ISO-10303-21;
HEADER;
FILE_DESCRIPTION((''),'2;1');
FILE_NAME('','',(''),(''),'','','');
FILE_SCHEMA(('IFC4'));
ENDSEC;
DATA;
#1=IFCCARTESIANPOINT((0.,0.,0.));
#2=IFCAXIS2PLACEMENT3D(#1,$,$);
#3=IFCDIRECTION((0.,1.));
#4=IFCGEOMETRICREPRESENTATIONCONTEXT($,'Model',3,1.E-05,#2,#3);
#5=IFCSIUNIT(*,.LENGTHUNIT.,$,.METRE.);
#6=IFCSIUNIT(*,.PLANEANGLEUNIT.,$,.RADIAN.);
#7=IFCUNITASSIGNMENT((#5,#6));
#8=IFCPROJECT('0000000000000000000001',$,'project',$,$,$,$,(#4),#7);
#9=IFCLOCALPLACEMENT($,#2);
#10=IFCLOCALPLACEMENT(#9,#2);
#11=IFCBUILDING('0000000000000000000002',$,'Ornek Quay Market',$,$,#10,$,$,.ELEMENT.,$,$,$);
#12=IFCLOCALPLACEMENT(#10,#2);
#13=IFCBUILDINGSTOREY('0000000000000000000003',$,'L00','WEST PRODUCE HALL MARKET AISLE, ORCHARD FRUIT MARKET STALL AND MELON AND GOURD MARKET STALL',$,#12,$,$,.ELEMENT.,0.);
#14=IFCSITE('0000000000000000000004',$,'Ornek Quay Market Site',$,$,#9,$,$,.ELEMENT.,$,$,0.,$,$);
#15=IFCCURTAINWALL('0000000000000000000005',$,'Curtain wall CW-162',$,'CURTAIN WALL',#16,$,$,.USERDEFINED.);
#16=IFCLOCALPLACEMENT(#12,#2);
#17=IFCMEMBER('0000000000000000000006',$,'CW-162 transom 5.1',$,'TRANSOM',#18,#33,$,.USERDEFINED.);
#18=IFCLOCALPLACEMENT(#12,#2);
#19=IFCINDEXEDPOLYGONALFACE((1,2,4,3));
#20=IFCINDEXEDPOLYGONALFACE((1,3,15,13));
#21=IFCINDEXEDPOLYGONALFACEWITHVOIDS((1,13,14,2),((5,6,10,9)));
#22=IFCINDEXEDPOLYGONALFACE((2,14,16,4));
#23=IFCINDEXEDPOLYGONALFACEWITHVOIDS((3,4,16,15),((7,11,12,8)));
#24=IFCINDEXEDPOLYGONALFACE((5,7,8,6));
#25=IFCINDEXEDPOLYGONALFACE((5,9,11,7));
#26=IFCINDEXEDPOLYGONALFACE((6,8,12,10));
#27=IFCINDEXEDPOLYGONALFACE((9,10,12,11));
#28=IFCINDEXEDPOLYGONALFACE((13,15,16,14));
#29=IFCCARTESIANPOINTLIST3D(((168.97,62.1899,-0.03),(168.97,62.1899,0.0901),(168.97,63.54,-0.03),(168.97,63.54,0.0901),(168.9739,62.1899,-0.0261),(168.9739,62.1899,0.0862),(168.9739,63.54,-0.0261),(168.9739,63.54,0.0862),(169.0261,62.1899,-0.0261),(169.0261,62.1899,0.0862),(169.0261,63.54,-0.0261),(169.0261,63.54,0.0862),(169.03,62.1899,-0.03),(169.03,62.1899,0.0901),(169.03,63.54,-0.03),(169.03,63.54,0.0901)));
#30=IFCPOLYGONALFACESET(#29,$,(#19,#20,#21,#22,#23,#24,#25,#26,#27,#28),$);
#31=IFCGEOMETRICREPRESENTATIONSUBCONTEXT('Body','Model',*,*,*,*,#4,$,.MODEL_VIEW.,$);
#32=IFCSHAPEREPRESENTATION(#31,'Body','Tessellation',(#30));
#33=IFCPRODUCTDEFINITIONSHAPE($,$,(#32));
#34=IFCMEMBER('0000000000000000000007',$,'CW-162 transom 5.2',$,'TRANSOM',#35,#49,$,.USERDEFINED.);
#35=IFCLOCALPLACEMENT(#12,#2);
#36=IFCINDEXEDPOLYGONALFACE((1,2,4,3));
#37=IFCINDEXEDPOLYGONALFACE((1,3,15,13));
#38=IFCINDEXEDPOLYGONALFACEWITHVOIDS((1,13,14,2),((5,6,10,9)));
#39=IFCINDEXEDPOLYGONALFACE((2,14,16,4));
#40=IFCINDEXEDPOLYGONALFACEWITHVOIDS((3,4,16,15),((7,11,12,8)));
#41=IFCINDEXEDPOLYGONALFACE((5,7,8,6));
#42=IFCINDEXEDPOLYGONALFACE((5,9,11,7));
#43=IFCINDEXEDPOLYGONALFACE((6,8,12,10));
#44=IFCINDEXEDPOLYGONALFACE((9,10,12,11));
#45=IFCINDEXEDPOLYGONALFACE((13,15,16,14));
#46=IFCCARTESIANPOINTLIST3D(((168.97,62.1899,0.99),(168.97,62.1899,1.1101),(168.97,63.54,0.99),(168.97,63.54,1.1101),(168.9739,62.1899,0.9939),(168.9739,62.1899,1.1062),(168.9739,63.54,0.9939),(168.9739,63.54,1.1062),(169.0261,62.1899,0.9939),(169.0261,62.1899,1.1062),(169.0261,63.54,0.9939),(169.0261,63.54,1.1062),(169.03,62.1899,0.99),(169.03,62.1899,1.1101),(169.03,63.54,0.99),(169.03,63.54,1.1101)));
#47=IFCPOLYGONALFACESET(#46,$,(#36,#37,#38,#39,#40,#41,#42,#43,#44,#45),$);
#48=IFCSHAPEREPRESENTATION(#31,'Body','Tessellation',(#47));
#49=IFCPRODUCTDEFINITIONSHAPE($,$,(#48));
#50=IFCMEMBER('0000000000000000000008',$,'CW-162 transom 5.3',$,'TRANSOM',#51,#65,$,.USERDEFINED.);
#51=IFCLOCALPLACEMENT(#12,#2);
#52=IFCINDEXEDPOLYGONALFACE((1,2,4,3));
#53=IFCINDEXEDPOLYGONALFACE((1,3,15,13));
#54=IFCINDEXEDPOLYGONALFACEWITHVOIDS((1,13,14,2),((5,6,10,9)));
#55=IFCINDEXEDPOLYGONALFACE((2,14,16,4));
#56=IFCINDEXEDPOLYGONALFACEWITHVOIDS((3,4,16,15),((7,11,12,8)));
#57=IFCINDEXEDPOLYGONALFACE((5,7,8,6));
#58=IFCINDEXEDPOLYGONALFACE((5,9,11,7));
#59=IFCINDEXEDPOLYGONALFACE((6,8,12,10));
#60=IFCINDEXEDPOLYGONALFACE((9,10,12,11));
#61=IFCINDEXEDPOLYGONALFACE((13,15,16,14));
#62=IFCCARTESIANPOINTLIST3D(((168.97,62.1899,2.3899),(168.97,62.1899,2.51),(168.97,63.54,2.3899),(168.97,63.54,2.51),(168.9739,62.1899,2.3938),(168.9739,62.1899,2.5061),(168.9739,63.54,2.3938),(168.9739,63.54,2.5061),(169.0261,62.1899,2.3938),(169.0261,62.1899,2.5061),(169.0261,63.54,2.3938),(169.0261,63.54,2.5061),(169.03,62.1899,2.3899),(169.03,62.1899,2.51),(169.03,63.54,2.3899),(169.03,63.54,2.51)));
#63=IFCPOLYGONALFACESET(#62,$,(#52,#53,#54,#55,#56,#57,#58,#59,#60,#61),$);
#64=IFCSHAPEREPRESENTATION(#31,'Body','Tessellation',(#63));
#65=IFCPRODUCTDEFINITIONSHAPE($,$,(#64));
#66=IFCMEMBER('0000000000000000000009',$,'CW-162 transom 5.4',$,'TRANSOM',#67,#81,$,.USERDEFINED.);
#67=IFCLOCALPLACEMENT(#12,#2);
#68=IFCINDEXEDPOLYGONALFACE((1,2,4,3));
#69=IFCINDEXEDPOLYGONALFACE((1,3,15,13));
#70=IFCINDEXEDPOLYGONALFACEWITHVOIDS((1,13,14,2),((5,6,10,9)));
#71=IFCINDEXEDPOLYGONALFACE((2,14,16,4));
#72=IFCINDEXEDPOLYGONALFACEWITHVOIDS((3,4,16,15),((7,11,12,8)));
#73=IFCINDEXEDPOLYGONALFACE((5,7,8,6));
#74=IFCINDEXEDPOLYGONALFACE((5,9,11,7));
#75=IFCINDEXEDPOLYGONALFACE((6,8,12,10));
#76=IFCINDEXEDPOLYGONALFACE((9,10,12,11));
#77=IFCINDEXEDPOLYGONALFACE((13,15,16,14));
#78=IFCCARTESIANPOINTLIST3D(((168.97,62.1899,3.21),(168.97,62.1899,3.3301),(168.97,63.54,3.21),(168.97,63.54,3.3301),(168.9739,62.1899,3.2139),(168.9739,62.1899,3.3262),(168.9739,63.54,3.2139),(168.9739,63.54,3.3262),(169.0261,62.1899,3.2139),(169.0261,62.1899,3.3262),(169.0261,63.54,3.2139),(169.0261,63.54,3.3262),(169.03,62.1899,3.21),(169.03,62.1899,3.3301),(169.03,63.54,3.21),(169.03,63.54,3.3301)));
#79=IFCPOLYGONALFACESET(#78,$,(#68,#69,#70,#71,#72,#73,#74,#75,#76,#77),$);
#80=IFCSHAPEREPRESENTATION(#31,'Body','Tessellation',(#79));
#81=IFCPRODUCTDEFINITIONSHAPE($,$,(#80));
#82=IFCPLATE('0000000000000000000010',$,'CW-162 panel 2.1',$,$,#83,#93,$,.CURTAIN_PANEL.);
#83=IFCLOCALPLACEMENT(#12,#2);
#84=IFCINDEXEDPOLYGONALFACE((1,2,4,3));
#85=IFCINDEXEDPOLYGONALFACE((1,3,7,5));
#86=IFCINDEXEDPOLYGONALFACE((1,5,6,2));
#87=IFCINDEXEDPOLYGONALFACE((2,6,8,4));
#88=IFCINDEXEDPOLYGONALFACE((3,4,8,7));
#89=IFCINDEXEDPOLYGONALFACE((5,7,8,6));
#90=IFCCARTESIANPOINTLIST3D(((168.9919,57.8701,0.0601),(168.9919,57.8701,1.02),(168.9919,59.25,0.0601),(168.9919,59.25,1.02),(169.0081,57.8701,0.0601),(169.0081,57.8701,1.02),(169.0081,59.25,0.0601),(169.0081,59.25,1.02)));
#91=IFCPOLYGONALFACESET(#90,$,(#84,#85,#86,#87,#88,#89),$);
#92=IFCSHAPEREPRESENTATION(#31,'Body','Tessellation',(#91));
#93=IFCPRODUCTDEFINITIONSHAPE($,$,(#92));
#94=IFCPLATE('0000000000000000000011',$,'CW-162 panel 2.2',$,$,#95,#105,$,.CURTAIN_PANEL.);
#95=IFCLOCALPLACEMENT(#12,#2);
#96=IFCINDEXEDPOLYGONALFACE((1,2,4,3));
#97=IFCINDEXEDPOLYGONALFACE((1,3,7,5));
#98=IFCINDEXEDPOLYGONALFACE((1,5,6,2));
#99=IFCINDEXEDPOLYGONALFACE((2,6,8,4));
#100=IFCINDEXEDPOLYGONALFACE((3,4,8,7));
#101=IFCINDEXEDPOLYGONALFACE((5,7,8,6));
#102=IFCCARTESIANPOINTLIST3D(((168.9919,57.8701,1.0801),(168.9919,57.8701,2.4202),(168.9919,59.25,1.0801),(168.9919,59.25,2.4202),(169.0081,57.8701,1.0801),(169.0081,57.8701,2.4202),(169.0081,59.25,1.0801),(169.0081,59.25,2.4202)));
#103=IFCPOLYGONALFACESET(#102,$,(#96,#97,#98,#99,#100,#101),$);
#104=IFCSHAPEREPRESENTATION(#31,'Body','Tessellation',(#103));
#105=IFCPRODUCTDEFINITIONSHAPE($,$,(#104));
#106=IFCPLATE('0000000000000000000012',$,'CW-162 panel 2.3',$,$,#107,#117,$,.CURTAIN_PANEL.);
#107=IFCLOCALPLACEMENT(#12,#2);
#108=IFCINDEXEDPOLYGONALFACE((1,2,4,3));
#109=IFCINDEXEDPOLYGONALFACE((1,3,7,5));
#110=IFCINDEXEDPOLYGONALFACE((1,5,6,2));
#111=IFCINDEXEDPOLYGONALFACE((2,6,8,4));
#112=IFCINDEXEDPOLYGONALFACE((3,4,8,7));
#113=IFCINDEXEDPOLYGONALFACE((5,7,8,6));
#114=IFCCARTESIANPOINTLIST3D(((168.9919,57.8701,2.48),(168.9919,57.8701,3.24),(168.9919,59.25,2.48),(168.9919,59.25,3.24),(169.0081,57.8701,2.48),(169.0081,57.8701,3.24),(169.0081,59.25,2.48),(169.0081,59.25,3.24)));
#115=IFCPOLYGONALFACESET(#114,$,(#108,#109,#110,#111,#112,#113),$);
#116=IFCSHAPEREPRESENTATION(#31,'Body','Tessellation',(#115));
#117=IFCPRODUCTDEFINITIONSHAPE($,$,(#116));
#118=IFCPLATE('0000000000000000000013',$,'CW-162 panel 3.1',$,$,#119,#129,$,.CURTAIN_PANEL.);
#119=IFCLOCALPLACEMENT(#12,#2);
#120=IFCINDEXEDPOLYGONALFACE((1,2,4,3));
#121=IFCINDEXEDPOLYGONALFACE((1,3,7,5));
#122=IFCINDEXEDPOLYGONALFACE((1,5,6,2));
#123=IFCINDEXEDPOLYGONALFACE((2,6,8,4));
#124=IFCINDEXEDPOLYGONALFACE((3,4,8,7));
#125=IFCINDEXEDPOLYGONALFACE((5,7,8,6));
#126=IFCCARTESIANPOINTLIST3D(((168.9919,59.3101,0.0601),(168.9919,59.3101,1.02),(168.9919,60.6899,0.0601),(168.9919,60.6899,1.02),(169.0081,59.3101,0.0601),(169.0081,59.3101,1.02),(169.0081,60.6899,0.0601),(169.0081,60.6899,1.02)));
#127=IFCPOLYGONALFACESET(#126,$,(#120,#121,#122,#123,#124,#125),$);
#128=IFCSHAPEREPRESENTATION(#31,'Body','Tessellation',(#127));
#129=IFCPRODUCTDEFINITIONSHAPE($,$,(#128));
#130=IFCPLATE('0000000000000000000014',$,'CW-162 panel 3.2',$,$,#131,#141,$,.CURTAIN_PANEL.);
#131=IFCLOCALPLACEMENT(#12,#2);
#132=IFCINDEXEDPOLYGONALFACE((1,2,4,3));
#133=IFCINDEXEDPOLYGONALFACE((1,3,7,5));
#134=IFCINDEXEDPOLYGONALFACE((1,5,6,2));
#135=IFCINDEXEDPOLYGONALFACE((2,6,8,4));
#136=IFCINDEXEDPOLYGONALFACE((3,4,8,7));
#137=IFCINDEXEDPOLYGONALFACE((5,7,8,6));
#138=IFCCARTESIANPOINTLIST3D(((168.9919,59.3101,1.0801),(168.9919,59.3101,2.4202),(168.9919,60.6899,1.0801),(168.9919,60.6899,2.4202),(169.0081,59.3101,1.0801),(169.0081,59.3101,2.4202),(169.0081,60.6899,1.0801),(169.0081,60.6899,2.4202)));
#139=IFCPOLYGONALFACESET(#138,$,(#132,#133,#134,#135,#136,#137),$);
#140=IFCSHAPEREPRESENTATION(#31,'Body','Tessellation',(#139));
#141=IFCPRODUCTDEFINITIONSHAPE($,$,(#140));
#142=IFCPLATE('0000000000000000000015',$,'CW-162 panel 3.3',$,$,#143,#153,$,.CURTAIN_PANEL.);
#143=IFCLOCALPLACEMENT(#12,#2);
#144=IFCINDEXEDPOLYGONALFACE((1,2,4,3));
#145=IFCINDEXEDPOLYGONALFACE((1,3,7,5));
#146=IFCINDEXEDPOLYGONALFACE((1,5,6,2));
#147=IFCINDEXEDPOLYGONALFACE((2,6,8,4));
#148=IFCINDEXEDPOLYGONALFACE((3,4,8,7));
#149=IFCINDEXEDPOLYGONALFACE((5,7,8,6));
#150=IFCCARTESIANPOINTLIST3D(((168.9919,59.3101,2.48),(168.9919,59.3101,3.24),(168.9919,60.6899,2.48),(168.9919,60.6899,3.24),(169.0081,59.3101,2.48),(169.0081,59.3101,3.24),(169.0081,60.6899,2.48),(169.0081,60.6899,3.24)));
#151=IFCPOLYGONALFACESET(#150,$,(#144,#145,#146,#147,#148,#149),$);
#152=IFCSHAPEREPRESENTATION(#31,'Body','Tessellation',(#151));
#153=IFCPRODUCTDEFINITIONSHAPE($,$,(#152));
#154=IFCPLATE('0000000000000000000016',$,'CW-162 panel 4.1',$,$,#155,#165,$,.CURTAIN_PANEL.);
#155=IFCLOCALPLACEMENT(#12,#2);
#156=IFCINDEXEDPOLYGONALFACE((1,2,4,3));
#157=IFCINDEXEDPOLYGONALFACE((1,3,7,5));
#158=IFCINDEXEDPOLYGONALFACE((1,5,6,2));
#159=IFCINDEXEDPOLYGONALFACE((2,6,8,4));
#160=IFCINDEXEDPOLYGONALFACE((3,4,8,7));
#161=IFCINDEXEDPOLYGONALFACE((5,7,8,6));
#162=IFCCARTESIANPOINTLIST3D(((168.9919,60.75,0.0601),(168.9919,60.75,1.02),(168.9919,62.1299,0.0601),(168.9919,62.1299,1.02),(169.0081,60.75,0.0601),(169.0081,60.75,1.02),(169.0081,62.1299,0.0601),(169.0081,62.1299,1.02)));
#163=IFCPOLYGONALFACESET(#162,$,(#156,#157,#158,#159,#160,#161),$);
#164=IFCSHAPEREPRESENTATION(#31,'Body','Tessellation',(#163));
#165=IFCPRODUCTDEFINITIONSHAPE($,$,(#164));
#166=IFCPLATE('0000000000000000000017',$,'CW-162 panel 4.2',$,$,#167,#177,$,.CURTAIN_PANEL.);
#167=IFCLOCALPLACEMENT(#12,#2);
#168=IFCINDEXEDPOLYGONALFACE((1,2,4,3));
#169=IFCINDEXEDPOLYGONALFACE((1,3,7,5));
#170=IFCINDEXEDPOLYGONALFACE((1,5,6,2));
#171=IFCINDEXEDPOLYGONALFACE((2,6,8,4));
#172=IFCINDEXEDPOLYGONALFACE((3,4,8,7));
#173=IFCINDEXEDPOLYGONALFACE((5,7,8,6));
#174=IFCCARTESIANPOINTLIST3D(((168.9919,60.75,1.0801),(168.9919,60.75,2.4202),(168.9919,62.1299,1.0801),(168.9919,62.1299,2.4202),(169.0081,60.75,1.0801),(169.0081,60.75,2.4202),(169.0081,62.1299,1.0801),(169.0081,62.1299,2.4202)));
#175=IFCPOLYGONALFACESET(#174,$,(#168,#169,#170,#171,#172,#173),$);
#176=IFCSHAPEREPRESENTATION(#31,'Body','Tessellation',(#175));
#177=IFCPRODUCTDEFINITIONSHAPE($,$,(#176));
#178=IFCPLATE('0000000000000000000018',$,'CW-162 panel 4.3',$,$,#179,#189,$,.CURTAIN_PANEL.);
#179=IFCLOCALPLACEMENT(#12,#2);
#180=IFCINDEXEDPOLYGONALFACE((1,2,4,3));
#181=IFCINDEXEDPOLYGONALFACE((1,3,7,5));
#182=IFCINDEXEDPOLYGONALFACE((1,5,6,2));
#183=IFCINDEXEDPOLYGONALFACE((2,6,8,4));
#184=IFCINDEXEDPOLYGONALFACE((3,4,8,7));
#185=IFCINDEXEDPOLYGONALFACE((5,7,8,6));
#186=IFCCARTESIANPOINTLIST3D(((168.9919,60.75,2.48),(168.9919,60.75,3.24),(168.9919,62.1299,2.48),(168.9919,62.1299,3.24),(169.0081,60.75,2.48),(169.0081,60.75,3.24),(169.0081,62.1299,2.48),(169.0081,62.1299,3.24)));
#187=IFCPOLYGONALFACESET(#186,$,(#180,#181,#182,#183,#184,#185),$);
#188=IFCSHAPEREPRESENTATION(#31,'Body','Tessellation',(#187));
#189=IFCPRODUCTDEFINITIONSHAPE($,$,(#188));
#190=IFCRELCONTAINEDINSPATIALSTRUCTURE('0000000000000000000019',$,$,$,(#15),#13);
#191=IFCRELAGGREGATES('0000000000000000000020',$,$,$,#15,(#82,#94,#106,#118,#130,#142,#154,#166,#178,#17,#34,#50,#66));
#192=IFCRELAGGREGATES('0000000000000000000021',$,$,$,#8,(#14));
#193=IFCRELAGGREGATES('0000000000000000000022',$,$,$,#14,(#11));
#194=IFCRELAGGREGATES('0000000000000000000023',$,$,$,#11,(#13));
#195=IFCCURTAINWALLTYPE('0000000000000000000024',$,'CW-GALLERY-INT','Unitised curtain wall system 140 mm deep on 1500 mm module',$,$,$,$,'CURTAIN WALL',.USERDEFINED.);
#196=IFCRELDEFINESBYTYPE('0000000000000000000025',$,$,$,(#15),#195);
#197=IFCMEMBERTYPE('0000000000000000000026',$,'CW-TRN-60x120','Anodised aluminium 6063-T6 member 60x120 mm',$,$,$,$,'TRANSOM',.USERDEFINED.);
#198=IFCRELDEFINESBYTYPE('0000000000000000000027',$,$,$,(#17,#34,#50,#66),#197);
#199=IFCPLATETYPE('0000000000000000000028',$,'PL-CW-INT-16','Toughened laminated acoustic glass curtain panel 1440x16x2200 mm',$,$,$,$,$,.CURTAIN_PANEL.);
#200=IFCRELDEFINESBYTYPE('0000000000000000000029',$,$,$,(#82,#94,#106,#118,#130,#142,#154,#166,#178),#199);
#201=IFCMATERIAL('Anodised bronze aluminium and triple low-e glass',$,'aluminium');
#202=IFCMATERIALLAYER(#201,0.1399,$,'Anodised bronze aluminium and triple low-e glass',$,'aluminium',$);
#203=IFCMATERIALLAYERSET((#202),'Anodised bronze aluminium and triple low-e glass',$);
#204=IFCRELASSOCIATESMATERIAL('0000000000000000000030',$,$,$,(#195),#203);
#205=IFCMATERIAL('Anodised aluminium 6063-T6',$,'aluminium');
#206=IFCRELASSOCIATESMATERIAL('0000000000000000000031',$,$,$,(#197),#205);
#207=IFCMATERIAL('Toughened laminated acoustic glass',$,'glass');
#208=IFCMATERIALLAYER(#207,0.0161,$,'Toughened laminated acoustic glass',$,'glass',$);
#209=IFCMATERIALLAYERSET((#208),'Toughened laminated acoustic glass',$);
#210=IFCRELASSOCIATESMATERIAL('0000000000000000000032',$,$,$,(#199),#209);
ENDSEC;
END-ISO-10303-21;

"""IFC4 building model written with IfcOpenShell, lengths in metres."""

from ifc_helpers import new_model, si_unit, direction, frame, origin, origin_2d, place, context, subcontext, project, spatial, rectangle, hollow_rectangle, extrude, material, layer, layer_set, material_profile, profile_set, type_object, element, aggregate, save


model = new_model("IFC4")

# Units and contexts
model_context = context("Model", 3, precision=1e-05, world=origin(), true_north=direction((0.0, 1.0)))
body_context = subcontext(model_context, "Body", "Model", "MODEL_VIEW")
ifc_project = project(units=[si_unit("LENGTHUNIT", "METRE"), si_unit("PLANEANGLEUNIT", "RADIAN")], contexts=[model_context])

# Site, building, storey
site_placement = place(None, origin())
site = spatial("IfcSite", under=ifc_project, at=site_placement, Name="Ornek Quay Market Site", CompositionType="ELEMENT", RefElevation=0.0)
building_placement = place(site_placement, origin())
building = spatial("IfcBuilding", under=site, at=building_placement, Name="Ornek Quay Market", CompositionType="ELEMENT")
storey_placement = place(building_placement, origin())
storey = spatial("IfcBuildingStorey", under=building, at=storey_placement, Name="L00", Description="WEST PRODUCE HALL MARKET AISLE, ORCHARD FRUIT MARKET STALL AND MELON AND GOURD MARKET STALL", CompositionType="ELEMENT", Elevation=0.0)

# Curtain wall, members, plates
ifc_material_1 = material(Name="Anodised bronze aluminium and triple low-e glass", Category="aluminium")
ifc_layer_1 = layer(ifc_material_1, 0.1399, Name="Anodised bronze aluminium and triple low-e glass", Category="aluminium")
ifc_layer_set_1 = layer_set([ifc_layer_1], Name="Anodised bronze aluminium and triple low-e glass")
curtain_wall_type = type_object("IfcCurtainWallType", Name="CW-GALLERY-INT", Description="Unitised curtain wall system 140 mm deep on 1500 mm module", ElementType="CURTAIN WALL", PredefinedType="USERDEFINED", material=ifc_layer_set_1)
curtain_wall_placement = place(storey_placement, origin())
curtain_wall = element("IfcCurtainWall", 1, at=curtain_wall_placement, inside=storey, type_object=curtain_wall_type, Name="Curtain wall CW-162", ObjectType="CURTAIN WALL", PredefinedType="USERDEFINED")
ifc_material_2 = material(Name="Anodised aluminium 6063-T6", Category="aluminium")
ifc_material_profile_1 = material_profile(ifc_material_2, hollow_rectangle(XDim=0.0601, YDim=0.1201, WallThickness=0.0039, at=origin_2d()), Name="CW-TRN-60x120", Category="aluminium")
ifc_profile_set_1 = profile_set([ifc_material_profile_1], Name="Anodised aluminium 6063-T6")
member_type_1 = type_object("IfcMemberType", Name="CW-TRN-60x120", Description="Anodised aluminium 6063-T6 member 60x120 mm", ElementType="TRANSOM", PredefinedType="USERDEFINED", material=ifc_profile_set_1)
member_1_placement = place(storey_placement, frame((169.0, 62.1899, 0.03), z_axis=(0.0, 1.0, 0.0), x_axis=(-1.0, 0.0, 0.0)))
member_1 = element("IfcMember", 2, at=member_1_placement, type_object=member_type_1, Name="CW-162 transom 5.1", ObjectType="TRANSOM", PredefinedType="USERDEFINED", context=body_context, shape_type="SweptSolid", body=[
    extrude(hollow_rectangle(XDim=0.0601, YDim=0.1201, WallThickness=0.0039, at=origin_2d()), origin(), (0.0, 0.0, 1.0), 1.3501),
])
member_2_placement = place(storey_placement, frame((169.0, 62.1899, 1.05), z_axis=(0.0, 1.0, 0.0), x_axis=(-1.0, 0.0, 0.0)))
member_2 = element("IfcMember", 3, at=member_2_placement, type_object=member_type_1, Name="CW-162 transom 5.2", ObjectType="TRANSOM", PredefinedType="USERDEFINED", context=body_context, shape_type="SweptSolid", body=[
    extrude(hollow_rectangle(XDim=0.0601, YDim=0.1201, WallThickness=0.0039, at=origin_2d()), origin(), (0.0, 0.0, 1.0), 1.3501),
])
member_3_placement = place(storey_placement, frame((169.0, 62.1899, 2.45), z_axis=(0.0, 1.0, 0.0), x_axis=(-1.0, 0.0, 0.0)))
member_3 = element("IfcMember", 4, at=member_3_placement, type_object=member_type_1, Name="CW-162 transom 5.3", ObjectType="TRANSOM", PredefinedType="USERDEFINED", context=body_context, shape_type="SweptSolid", body=[
    extrude(hollow_rectangle(XDim=0.0601, YDim=0.1201, WallThickness=0.0039, at=origin_2d()), origin(), (0.0, 0.0, 1.0), 1.3501),
])
member_4_placement = place(storey_placement, frame((169.0, 62.1899, 3.27), z_axis=(0.0, 1.0, 0.0), x_axis=(-1.0, 0.0, 0.0)))
member_4 = element("IfcMember", 5, at=member_4_placement, type_object=member_type_1, Name="CW-162 transom 5.4", ObjectType="TRANSOM", PredefinedType="USERDEFINED", context=body_context, shape_type="SweptSolid", body=[
    extrude(hollow_rectangle(XDim=0.0601, YDim=0.1201, WallThickness=0.0039, at=origin_2d()), origin(), (0.0, 0.0, 1.0), 1.3501),
])
ifc_material_3 = material(Name="Toughened laminated acoustic glass", Category="glass")
ifc_layer_2 = layer(ifc_material_3, 0.0161, Name="Toughened laminated acoustic glass", Category="glass")
ifc_layer_set_2 = layer_set([ifc_layer_2], Name="Toughened laminated acoustic glass")
plate_type = type_object("IfcPlateType", Name="PL-CW-INT-16", Description="Toughened laminated acoustic glass curtain panel 1440x16x2200 mm", PredefinedType="CURTAIN_PANEL", material=ifc_layer_set_2)
plate_1_placement = place(storey_placement, frame((169.0, 58.5601, 0.0601), z_axis=(0.0, 0.0, 1.0), x_axis=(0.0, 1.0, 0.0)))
plate_1 = element("IfcPlate", 6, at=plate_1_placement, type_object=plate_type, Name="CW-162 panel 2.1", PredefinedType="CURTAIN_PANEL", context=body_context, shape_type="SweptSolid", body=[
    extrude(rectangle(XDim=1.3799, YDim=0.0161, at=origin_2d()), origin(), (0.0, 0.0, 1.0), 0.96),
])
plate_2_placement = place(storey_placement, frame((169.0, 58.5601, 1.0801), z_axis=(0.0, 0.0, 1.0), x_axis=(0.0, 1.0, 0.0)))
plate_2 = element("IfcPlate", 7, at=plate_2_placement, type_object=plate_type, Name="CW-162 panel 2.2", PredefinedType="CURTAIN_PANEL", context=body_context, shape_type="SweptSolid", body=[
    extrude(rectangle(XDim=1.3799, YDim=0.0161, at=origin_2d()), origin(), (0.0, 0.0, 1.0), 1.3401),
])
plate_3_placement = place(storey_placement, frame((169.0, 58.5601, 2.48), z_axis=(0.0, 0.0, 1.0), x_axis=(0.0, 1.0, 0.0)))
plate_3 = element("IfcPlate", 8, at=plate_3_placement, type_object=plate_type, Name="CW-162 panel 2.3", PredefinedType="CURTAIN_PANEL", context=body_context, shape_type="SweptSolid", body=[
    extrude(rectangle(XDim=1.3799, YDim=0.0161, at=origin_2d()), origin(), (0.0, 0.0, 1.0), 0.76),
])
plate_4_placement = place(storey_placement, frame((169.0, 60.0, 0.0601), z_axis=(0.0, 0.0, 1.0), x_axis=(0.0, 1.0, 0.0)))
plate_4 = element("IfcPlate", 9, at=plate_4_placement, type_object=plate_type, Name="CW-162 panel 3.1", PredefinedType="CURTAIN_PANEL", context=body_context, shape_type="SweptSolid", body=[
    extrude(rectangle(XDim=1.3799, YDim=0.0161, at=origin_2d()), origin(), (0.0, 0.0, 1.0), 0.96),
])
plate_5_placement = place(storey_placement, frame((169.0, 60.0, 1.0801), z_axis=(0.0, 0.0, 1.0), x_axis=(0.0, 1.0, 0.0)))
plate_5 = element("IfcPlate", 10, at=plate_5_placement, type_object=plate_type, Name="CW-162 panel 3.2", PredefinedType="CURTAIN_PANEL", context=body_context, shape_type="SweptSolid", body=[
    extrude(rectangle(XDim=1.3799, YDim=0.0161, at=origin_2d()), origin(), (0.0, 0.0, 1.0), 1.3401),
])
plate_6_placement = place(storey_placement, frame((169.0, 60.0, 2.48), z_axis=(0.0, 0.0, 1.0), x_axis=(0.0, 1.0, 0.0)))
plate_6 = element("IfcPlate", 11, at=plate_6_placement, type_object=plate_type, Name="CW-162 panel 3.3", PredefinedType="CURTAIN_PANEL", context=body_context, shape_type="SweptSolid", body=[
    extrude(rectangle(XDim=1.3799, YDim=0.0161, at=origin_2d()), origin(), (0.0, 0.0, 1.0), 0.76),
])
plate_7_placement = place(storey_placement, frame((169.0, 61.4399, 0.0601), z_axis=(0.0, 0.0, 1.0), x_axis=(0.0, 1.0, 0.0)))
plate_7 = element("IfcPlate", 12, at=plate_7_placement, type_object=plate_type, Name="CW-162 panel 4.1", PredefinedType="CURTAIN_PANEL", context=body_context, shape_type="SweptSolid", body=[
    extrude(rectangle(XDim=1.3799, YDim=0.0161, at=origin_2d()), origin(), (0.0, 0.0, 1.0), 0.96),
])
plate_8_placement = place(storey_placement, frame((169.0, 61.4399, 1.0801), z_axis=(0.0, 0.0, 1.0), x_axis=(0.0, 1.0, 0.0)))
plate_8 = element("IfcPlate", 13, at=plate_8_placement, type_object=plate_type, Name="CW-162 panel 4.2", PredefinedType="CURTAIN_PANEL", context=body_context, shape_type="SweptSolid", body=[
    extrude(rectangle(XDim=1.3799, YDim=0.0161, at=origin_2d()), origin(), (0.0, 0.0, 1.0), 1.3401),
])
plate_9_placement = place(storey_placement, frame((169.0, 61.4399, 2.48), z_axis=(0.0, 0.0, 1.0), x_axis=(0.0, 1.0, 0.0)))
plate_9 = element("IfcPlate", 14, at=plate_9_placement, type_object=plate_type, Name="CW-162 panel 4.3", PredefinedType="CURTAIN_PANEL", context=body_context, shape_type="SweptSolid", body=[
    extrude(rectangle(XDim=1.3799, YDim=0.0161, at=origin_2d()), origin(), (0.0, 0.0, 1.0), 0.76),
])
aggregate(curtain_wall, [plate_1, plate_2, plate_3, plate_4, plate_5, plate_6, plate_7, plate_8, plate_9, member_1, member_2, member_3, member_4])

save(model, "model.ifc")
